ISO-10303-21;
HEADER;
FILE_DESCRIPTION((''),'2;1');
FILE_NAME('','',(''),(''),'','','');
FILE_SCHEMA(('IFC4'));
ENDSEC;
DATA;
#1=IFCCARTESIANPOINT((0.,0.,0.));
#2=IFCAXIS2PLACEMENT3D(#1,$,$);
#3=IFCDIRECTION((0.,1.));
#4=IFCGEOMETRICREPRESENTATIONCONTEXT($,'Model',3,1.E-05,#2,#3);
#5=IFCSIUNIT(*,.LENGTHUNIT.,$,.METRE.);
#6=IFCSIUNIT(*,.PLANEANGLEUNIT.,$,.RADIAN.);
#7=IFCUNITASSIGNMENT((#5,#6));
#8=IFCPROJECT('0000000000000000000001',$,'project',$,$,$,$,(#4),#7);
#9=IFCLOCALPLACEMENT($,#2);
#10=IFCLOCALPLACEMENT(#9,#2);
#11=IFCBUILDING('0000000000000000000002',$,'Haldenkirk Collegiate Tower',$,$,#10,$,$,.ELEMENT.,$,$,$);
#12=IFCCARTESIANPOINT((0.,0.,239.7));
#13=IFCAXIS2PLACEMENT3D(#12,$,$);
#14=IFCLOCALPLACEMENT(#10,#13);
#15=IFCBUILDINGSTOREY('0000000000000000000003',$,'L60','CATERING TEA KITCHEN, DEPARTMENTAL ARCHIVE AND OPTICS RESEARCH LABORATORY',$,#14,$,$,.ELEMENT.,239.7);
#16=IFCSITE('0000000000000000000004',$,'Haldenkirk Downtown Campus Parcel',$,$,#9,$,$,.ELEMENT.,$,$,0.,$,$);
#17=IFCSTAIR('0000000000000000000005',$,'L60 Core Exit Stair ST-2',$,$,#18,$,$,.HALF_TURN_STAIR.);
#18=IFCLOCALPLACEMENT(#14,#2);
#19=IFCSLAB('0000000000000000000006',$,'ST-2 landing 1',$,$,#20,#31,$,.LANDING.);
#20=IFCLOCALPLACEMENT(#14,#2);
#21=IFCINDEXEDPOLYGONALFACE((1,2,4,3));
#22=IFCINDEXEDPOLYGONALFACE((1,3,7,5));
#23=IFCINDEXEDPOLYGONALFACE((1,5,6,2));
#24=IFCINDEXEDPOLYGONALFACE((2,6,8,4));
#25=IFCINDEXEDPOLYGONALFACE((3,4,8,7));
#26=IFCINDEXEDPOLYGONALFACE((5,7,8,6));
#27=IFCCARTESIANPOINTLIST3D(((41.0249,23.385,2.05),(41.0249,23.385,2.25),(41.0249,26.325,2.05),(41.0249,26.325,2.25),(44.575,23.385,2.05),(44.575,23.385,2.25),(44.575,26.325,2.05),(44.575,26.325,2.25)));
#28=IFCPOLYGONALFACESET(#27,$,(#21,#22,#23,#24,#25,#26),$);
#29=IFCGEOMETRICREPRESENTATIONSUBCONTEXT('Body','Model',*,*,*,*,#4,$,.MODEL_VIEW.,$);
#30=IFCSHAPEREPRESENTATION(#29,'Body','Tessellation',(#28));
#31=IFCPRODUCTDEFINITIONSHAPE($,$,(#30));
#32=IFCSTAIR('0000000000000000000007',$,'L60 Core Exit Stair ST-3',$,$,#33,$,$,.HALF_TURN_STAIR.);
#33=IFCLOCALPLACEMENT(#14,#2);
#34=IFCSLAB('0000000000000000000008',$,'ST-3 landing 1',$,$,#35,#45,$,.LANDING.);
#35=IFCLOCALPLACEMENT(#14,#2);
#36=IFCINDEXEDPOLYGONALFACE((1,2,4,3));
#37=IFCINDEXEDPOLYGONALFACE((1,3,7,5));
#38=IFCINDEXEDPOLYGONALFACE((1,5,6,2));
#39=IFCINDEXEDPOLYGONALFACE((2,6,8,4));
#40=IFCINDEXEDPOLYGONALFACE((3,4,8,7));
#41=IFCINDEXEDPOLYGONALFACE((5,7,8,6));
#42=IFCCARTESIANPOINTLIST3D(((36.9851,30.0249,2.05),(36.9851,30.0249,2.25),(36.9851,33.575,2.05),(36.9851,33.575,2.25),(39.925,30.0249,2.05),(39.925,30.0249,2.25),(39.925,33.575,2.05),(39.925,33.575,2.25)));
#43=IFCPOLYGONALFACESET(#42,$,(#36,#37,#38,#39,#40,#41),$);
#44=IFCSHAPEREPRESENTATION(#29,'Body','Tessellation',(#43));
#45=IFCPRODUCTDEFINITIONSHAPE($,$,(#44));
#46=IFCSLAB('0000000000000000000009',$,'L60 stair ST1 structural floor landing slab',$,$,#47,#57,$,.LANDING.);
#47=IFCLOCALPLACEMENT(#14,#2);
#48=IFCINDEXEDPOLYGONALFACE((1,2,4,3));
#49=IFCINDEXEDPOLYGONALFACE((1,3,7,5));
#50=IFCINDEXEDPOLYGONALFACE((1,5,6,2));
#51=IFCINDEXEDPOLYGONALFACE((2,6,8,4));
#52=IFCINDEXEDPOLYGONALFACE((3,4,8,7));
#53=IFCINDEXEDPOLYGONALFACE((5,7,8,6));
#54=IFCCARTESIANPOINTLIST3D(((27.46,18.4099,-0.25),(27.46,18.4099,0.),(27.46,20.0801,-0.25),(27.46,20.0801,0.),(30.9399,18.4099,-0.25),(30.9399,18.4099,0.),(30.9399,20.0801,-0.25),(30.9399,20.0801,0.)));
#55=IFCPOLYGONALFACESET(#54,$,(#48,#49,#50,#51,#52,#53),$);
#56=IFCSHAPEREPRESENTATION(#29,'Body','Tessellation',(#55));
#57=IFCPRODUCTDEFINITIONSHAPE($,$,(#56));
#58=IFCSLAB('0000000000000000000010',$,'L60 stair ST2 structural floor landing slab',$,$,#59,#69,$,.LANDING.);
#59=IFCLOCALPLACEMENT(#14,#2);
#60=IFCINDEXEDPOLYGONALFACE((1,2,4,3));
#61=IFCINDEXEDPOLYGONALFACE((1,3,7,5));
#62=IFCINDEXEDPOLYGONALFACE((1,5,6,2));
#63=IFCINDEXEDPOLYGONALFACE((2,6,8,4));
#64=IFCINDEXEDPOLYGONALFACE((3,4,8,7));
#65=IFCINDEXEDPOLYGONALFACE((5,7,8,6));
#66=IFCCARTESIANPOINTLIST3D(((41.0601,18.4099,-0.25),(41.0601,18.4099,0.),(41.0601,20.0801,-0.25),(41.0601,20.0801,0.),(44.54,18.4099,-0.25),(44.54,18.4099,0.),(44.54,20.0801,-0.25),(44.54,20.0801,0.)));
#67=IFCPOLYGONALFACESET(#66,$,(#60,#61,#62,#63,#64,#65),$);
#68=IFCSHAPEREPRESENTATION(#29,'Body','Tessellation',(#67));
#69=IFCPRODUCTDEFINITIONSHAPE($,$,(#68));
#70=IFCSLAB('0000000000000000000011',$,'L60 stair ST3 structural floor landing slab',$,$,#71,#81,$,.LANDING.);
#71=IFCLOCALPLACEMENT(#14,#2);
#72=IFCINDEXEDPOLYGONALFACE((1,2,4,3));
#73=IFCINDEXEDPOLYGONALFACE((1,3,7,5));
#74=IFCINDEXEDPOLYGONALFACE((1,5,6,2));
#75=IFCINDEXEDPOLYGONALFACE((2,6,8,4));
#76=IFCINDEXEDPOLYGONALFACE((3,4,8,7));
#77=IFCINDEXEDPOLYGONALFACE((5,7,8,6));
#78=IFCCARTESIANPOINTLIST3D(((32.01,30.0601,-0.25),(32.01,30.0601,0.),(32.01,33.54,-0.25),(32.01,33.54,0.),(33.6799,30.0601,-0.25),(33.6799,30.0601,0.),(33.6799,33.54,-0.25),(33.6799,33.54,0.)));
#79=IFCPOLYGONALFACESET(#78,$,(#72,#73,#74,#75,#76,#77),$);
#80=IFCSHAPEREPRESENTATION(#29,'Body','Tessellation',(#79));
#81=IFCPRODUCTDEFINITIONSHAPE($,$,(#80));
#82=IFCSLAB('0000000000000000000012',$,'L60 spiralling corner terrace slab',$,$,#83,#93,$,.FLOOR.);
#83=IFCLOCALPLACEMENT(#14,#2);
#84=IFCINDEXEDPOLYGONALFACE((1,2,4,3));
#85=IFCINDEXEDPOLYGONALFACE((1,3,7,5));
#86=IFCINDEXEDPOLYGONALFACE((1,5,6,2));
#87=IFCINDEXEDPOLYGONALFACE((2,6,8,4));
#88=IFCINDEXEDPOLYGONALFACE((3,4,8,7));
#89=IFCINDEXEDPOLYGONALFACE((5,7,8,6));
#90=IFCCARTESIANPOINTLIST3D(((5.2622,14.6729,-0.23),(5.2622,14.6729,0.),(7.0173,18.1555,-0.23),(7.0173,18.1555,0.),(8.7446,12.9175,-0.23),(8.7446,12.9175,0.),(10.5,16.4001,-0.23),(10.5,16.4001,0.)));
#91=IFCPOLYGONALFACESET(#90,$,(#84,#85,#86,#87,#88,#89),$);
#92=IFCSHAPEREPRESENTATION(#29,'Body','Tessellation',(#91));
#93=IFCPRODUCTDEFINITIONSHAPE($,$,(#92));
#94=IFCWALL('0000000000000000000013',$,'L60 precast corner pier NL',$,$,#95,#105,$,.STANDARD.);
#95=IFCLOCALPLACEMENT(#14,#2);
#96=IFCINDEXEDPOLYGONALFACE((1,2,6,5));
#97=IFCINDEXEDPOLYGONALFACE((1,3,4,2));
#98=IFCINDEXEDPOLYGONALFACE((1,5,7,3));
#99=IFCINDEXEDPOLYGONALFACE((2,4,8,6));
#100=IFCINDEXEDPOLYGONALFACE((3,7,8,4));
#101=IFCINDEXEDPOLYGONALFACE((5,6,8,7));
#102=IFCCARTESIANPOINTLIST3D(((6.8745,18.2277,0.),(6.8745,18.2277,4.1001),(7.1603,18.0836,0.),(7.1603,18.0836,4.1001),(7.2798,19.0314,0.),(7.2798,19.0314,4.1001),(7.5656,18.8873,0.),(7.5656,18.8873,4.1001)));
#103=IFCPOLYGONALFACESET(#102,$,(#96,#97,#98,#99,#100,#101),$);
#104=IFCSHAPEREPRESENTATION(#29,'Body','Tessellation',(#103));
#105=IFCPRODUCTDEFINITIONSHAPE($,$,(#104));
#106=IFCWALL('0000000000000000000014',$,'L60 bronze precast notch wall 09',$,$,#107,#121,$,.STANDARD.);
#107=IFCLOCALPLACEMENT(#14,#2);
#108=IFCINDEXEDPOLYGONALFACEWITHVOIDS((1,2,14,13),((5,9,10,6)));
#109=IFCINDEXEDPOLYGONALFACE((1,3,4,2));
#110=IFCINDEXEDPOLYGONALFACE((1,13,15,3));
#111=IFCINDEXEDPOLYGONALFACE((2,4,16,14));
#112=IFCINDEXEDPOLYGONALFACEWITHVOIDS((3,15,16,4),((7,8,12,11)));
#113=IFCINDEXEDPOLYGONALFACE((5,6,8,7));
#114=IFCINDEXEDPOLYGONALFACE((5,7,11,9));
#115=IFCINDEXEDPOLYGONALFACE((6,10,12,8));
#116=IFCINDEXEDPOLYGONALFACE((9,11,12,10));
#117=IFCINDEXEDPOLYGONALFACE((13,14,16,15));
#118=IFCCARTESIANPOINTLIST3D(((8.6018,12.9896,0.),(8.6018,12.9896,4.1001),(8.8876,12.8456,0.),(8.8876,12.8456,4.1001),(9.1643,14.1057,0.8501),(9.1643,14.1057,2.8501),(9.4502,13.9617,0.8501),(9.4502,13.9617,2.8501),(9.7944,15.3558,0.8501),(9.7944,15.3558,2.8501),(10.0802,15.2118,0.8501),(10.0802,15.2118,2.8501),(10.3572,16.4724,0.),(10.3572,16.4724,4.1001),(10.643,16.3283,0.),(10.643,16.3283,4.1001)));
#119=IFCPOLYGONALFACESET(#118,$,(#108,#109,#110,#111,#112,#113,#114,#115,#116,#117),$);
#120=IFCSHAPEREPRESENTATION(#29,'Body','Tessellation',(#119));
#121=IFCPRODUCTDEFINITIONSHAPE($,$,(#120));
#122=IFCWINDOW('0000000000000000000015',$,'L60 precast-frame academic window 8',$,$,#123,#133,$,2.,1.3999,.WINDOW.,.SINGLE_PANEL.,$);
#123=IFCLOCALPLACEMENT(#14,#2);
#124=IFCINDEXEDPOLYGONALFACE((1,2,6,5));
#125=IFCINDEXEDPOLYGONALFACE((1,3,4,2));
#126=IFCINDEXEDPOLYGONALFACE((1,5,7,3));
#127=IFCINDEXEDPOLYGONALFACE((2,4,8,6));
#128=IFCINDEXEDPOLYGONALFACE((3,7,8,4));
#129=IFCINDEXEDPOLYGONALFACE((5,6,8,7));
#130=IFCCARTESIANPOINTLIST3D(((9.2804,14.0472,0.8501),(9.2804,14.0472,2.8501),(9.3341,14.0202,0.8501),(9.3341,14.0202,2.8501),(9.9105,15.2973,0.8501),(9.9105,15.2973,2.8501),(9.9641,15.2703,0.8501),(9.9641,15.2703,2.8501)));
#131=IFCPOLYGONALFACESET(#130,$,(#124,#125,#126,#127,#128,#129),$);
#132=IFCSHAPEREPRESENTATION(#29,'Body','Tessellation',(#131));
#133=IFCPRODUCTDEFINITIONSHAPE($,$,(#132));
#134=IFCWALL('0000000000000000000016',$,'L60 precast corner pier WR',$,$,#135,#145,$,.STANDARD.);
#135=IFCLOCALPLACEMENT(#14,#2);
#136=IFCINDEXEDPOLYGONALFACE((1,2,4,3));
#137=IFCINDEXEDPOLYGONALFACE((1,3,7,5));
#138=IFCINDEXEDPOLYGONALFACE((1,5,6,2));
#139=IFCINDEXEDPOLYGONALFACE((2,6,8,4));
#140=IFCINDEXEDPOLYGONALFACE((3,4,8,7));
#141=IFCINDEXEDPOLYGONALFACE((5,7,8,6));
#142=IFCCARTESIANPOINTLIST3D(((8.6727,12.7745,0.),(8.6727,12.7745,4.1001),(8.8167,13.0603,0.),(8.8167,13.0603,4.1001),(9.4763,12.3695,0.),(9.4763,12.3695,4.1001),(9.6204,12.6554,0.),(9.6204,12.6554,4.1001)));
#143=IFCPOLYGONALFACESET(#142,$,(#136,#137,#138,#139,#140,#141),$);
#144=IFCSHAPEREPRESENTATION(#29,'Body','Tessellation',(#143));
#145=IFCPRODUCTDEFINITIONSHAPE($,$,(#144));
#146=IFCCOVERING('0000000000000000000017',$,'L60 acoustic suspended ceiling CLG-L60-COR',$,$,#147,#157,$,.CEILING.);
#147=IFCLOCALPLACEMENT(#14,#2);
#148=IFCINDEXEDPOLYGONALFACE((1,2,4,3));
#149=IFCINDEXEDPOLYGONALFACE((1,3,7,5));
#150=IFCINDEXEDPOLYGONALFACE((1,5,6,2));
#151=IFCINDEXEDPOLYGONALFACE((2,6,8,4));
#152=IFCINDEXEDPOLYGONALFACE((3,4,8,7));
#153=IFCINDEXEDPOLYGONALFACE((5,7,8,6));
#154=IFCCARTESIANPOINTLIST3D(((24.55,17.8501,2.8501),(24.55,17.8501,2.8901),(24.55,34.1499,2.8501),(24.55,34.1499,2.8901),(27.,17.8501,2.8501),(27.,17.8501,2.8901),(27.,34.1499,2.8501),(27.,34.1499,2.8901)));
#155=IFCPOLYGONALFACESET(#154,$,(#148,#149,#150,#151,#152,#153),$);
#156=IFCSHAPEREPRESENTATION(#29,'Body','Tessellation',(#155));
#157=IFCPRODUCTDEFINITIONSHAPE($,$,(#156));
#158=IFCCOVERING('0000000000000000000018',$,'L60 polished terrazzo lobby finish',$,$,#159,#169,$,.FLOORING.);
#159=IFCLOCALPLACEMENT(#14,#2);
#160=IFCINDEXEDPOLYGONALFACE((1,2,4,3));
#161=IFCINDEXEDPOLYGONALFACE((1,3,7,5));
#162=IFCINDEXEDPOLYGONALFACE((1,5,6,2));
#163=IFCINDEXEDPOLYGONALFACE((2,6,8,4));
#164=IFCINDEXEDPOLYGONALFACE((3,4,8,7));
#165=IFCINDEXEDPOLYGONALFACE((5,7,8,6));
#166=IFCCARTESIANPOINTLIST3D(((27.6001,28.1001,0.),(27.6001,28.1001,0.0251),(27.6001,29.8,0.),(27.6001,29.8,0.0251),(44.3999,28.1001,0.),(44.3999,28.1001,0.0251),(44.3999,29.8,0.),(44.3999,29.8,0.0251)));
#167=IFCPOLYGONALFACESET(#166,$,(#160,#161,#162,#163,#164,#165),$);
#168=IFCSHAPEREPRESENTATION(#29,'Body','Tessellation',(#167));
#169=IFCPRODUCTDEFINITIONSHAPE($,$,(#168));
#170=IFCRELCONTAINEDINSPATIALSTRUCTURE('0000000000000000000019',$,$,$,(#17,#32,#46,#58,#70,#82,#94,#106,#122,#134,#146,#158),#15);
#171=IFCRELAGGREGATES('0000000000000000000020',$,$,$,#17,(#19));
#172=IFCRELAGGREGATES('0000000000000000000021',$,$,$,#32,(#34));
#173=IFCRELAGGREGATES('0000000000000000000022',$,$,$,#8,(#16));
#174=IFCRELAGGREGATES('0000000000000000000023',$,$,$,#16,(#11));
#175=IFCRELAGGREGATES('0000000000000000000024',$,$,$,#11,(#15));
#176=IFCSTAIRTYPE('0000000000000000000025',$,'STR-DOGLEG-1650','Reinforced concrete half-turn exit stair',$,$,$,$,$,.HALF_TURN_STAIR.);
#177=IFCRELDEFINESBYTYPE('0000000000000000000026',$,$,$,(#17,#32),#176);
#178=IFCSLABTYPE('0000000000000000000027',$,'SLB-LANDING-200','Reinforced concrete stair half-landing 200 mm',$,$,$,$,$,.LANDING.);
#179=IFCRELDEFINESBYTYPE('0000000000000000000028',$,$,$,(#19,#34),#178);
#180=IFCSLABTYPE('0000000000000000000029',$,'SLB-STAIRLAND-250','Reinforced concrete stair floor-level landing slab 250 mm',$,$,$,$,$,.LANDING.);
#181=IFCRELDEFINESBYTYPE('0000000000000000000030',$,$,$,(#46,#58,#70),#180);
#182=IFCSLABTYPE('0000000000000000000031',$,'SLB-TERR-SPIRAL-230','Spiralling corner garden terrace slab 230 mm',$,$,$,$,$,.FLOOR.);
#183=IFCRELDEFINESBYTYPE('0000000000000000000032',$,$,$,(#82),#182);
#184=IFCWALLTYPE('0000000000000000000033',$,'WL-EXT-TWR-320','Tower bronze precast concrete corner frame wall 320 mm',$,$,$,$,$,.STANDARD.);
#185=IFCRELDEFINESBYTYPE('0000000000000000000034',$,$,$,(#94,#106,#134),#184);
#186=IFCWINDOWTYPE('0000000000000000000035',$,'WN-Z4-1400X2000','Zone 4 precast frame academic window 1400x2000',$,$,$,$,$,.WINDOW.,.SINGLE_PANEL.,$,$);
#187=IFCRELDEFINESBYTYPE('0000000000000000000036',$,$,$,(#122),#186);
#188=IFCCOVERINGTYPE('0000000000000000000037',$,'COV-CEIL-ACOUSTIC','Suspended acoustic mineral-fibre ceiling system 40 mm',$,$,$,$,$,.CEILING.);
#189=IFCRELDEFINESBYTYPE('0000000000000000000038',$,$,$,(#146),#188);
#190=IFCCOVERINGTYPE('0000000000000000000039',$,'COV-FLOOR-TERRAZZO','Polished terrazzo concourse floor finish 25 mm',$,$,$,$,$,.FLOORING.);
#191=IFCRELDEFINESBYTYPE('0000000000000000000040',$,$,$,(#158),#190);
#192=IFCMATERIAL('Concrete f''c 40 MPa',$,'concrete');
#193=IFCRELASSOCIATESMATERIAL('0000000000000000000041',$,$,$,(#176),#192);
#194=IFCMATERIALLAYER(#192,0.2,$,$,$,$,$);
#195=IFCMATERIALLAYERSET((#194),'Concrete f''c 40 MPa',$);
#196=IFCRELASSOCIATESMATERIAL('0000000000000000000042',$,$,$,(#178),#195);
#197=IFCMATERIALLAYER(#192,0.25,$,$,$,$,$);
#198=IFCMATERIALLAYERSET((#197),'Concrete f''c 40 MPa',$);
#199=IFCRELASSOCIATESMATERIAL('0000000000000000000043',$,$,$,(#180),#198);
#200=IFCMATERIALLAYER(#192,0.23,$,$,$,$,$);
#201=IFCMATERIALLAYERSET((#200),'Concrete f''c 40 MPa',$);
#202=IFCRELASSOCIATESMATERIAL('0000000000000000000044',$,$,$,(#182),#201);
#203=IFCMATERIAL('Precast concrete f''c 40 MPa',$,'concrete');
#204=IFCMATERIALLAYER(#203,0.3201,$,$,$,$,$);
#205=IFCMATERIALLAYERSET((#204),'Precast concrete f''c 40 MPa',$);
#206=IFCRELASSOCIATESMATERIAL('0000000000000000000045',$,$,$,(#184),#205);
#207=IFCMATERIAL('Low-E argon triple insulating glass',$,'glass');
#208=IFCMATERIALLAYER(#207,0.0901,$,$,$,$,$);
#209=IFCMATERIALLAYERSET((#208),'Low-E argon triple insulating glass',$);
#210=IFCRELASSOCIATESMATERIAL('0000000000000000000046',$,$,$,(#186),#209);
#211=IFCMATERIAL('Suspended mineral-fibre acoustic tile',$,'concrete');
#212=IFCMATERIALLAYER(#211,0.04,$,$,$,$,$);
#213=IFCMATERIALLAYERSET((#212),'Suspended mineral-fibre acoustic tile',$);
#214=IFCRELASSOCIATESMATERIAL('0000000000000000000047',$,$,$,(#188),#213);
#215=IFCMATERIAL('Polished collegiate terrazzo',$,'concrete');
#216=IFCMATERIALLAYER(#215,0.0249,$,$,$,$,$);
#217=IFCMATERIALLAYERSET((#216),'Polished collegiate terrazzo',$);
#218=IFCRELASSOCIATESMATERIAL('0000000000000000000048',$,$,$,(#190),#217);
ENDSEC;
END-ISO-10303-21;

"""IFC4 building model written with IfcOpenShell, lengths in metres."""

from ifc_helpers import new_model, si_unit, direction, frame, frame_2d, origin, place, context, subcontext, project, spatial, polyline, rectangle, outline, extrude, material, layer, layer_set, type_object, element, fill, aggregate, save


model = new_model("IFC4")

# Units and contexts
model_context = context("Model", 3, precision=1e-05, world=origin(), true_north=direction((0.0, 1.0)))
body_context = subcontext(model_context, "Body", "Model", "MODEL_VIEW")
ifc_project = project(units=[si_unit("LENGTHUNIT", "METRE"), si_unit("PLANEANGLEUNIT", "RADIAN")], contexts=[model_context])

# Site, building, storey
site_placement = place(None, origin())
site = spatial("IfcSite", under=ifc_project, at=site_placement, Name="Haldenkirk Downtown Campus Parcel", CompositionType="ELEMENT", RefElevation=0.0)
building_placement = place(site_placement, origin())
building = spatial("IfcBuilding", under=site, at=building_placement, Name="Haldenkirk Collegiate Tower", CompositionType="ELEMENT")
storey_placement = place(building_placement, frame((0.0, 0.0, 239.7)))
storey = spatial("IfcBuildingStorey", under=building, at=storey_placement, Name="L60", Description="CATERING TEA KITCHEN, DEPARTMENTAL ARCHIVE AND OPTICS RESEARCH LABORATORY", CompositionType="ELEMENT", Elevation=239.7)

# Shared definitions
ifc_material_1 = material(Name="Concrete f'c 40 MPa", Category="concrete")

# Stairs, slabs
stair_type = type_object("IfcStairType", Name="STR-DOGLEG-1650", Description="Reinforced concrete half-turn exit stair", PredefinedType="HALF_TURN_STAIR", material=ifc_material_1)
ifc_layer_1 = layer(ifc_material_1, 0.2)
ifc_layer_set_1 = layer_set([ifc_layer_1], Name="Concrete f'c 40 MPa")
slab_type_1 = type_object("IfcSlabType", Name="SLB-LANDING-200", Description="Reinforced concrete stair half-landing 200 mm", PredefinedType="LANDING", material=ifc_layer_set_1)
stair_1_placement = place(storey_placement, origin())
stair_1 = element("IfcStair", 1, at=stair_1_placement, inside=storey, type_object=stair_type, Name="L60 Core Exit Stair ST-2", PredefinedType="HALF_TURN_STAIR")
slab_1_placement = place(storey_placement, frame((0.0, 0.0, 2.05)))
slab_1 = element("IfcSlab", 2, at=slab_1_placement, type_object=slab_type_1, Name="ST-2 landing 1", PredefinedType="LANDING", context=body_context, shape_type="SweptSolid", body=[
    extrude(outline(polyline([(44.575, 23.385), (41.0249, 23.385), (41.0249, 26.325), (44.575, 26.325), (44.575, 23.385)])), origin(), (0.0, 0.0, 1.0), 0.2),
])
aggregate(stair_1, [slab_1])
stair_2_placement = place(storey_placement, origin())
stair_2 = element("IfcStair", 3, at=stair_2_placement, inside=storey, type_object=stair_type, Name="L60 Core Exit Stair ST-3", PredefinedType="HALF_TURN_STAIR")
slab_2_placement = place(storey_placement, frame((0.0, 0.0, 2.05)))
slab_2 = element("IfcSlab", 4, at=slab_2_placement, type_object=slab_type_1, Name="ST-3 landing 1", PredefinedType="LANDING", context=body_context, shape_type="SweptSolid", body=[
    extrude(outline(polyline([(36.9851, 30.0249), (36.9851, 33.575), (39.925, 33.575), (39.925, 30.0249), (36.9851, 30.0249)])), origin(), (0.0, 0.0, 1.0), 0.2),
])
aggregate(stair_2, [slab_2])

# Slabs
ifc_layer_2 = layer(ifc_material_1, 0.25)
ifc_layer_set_2 = layer_set([ifc_layer_2], Name="Concrete f'c 40 MPa")
slab_type_2 = type_object("IfcSlabType", Name="SLB-STAIRLAND-250", Description="Reinforced concrete stair floor-level landing slab 250 mm", PredefinedType="LANDING", material=ifc_layer_set_2)
slab_3_placement = place(storey_placement, frame((0.0, 0.0, -0.25)))
element("IfcSlab", 5, at=slab_3_placement, inside=storey, type_object=slab_type_2, Name="L60 stair ST1 structural floor landing slab", PredefinedType="LANDING", context=body_context, shape_type="SweptSolid", body=[
    extrude(outline(polyline([(27.46, 18.4099), (30.9399, 18.4099), (30.9399, 20.0801), (27.46, 20.0801), (27.46, 18.4099)])), origin(), (0.0, 0.0, 1.0), 0.25),
])
slab_4_placement = place(storey_placement, frame((0.0, 0.0, -0.25)))
element("IfcSlab", 6, at=slab_4_placement, inside=storey, type_object=slab_type_2, Name="L60 stair ST2 structural floor landing slab", PredefinedType="LANDING", context=body_context, shape_type="SweptSolid", body=[
    extrude(outline(polyline([(41.0601, 18.4099), (44.54, 18.4099), (44.54, 20.0801), (41.0601, 20.0801), (41.0601, 18.4099)])), origin(), (0.0, 0.0, 1.0), 0.25),
])
slab_5_placement = place(storey_placement, frame((0.0, 0.0, -0.25)))
element("IfcSlab", 7, at=slab_5_placement, inside=storey, type_object=slab_type_2, Name="L60 stair ST3 structural floor landing slab", PredefinedType="LANDING", context=body_context, shape_type="SweptSolid", body=[
    extrude(outline(polyline([(32.01, 30.0601), (33.6799, 30.0601), (33.6799, 33.54), (32.01, 33.54), (32.01, 30.0601)])), origin(), (0.0, 0.0, 1.0), 0.25),
])
ifc_layer_3 = layer(ifc_material_1, 0.23)
ifc_layer_set_3 = layer_set([ifc_layer_3], Name="Concrete f'c 40 MPa")
slab_type_3 = type_object("IfcSlabType", Name="SLB-TERR-SPIRAL-230", Description="Spiralling corner garden terrace slab 230 mm", PredefinedType="FLOOR", material=ifc_layer_set_3)
slab_6_placement = place(storey_placement, frame((0.0, 0.0, -0.23)))
element("IfcSlab", 8, at=slab_6_placement, inside=storey, type_object=slab_type_3, Name="L60 spiralling corner terrace slab", PredefinedType="FLOOR", context=body_context, shape_type="SweptSolid", body=[
    extrude(outline(polyline([(8.7446, 12.9175), (10.5, 16.4001), (7.0173, 18.1555), (5.2622, 14.6729), (8.7446, 12.9175)])), origin(), (0.0, 0.0, 1.0), 0.23),
])

# Wall
ifc_material_2 = material(Name="Precast concrete f'c 40 MPa", Category="concrete")
ifc_layer_4 = layer(ifc_material_2, 0.3201)
ifc_layer_set_4 = layer_set([ifc_layer_4], Name="Precast concrete f'c 40 MPa")
wall_type = type_object("IfcWallType", Name="WL-EXT-TWR-320", Description="Tower bronze precast concrete corner frame wall 320 mm", PredefinedType="STANDARD", material=ifc_layer_set_4)
wall_1_placement = place(storey_placement, frame((7.0173, 18.1555, 0.0), z_axis=(0.0, 0.0, 1.0), x_axis=(0.450249, 0.892903, 0.0)))
element("IfcWall", 9, at=wall_1_placement, inside=storey, type_object=wall_type, Name="L60 precast corner pier NL", PredefinedType="STANDARD", context=body_context, shape_type="SweptSolid", body=[
    extrude(rectangle(XDim=0.9001, YDim=0.3201, at=frame_2d((0.4502, 0.0))), origin(), (0.0, 0.0, 1.0), 4.1001),
])

# Wall, opening, window
wall_2_placement = place(storey_placement, frame((8.7446, 12.9175, 0.0), z_axis=(0.0, 0.0, 1.0), x_axis=(0.450091, 0.892983, 0.0)))
wall_2 = element("IfcWall", 10, at=wall_2_placement, inside=storey, type_object=wall_type, Name="L60 bronze precast notch wall 09", PredefinedType="STANDARD", context=body_context, shape_type="SweptSolid", body=[
    extrude(rectangle(XDim=3.9001, YDim=0.3201, at=frame_2d((1.9502, 0.0))), origin(), (0.0, 0.0, 1.0), 4.1001),
])
opening_placement = place(wall_2_placement, frame((1.25, 0.0, 0.8501)))
opening = element("IfcOpeningElement", 11, at=opening_placement, cuts=wall_2, PredefinedType="OPENING", context=body_context, shape_type="SweptSolid", body=[
    extrude(rectangle(XDim=1.3999, YDim=2.0, at=frame_2d((0.7, 1.0))), frame((0.0, 0.1699, 0.0), z_axis=(0.0, -1.0, 0.0), x_axis=(1.0, 0.0, 0.0)), (0.0, 0.0, 1.0), 0.3401),
])
ifc_material_3 = material(Name="Low-E argon triple insulating glass", Category="glass")
ifc_layer_5 = layer(ifc_material_3, 0.0901)
ifc_layer_set_5 = layer_set([ifc_layer_5], Name="Low-E argon triple insulating glass")
window_type = type_object("IfcWindowType", Name="WN-Z4-1400X2000", Description="Zone 4 precast frame academic window 1400x2000", PartitioningType="SINGLE_PANEL", PredefinedType="WINDOW", material=ifc_layer_set_5)
window_placement = place(opening_placement, origin())
window = element("IfcWindow", 12, at=window_placement, inside=storey, type_object=window_type, Name="L60 precast-frame academic window 8", OverallHeight=2.0, OverallWidth=1.3999, PartitioningType="SINGLE_PANEL", PredefinedType="WINDOW", context=body_context, shape_type="SweptSolid", body=[
    extrude(rectangle(XDim=1.3999, YDim=2.0, at=frame_2d((0.7, 1.0))), frame((0.0, 0.03, 0.0), z_axis=(0.0, -1.0, 0.0), x_axis=(1.0, 0.0, 0.0)), (0.0, 0.0, 1.0), 0.0601),
])
fill(opening, window)

# Wall
wall_3_placement = place(storey_placement, frame((9.5483, 12.5125, 0.0), z_axis=(0.0, 0.0, 1.0), x_axis=(-0.893012, 0.450033, 0.0)))
element("IfcWall", 13, at=wall_3_placement, inside=storey, type_object=wall_type, Name="L60 precast corner pier WR", PredefinedType="STANDARD", context=body_context, shape_type="SweptSolid", body=[
    extrude(rectangle(XDim=0.8999, YDim=0.3201, at=frame_2d((0.45, 0.0))), origin(), (0.0, 0.0, 1.0), 4.1001),
])

# Coverings
ifc_material_4 = material(Name="Suspended mineral-fibre acoustic tile", Category="concrete")
ifc_layer_6 = layer(ifc_material_4, 0.04)
ifc_layer_set_6 = layer_set([ifc_layer_6], Name="Suspended mineral-fibre acoustic tile")
covering_type_1 = type_object("IfcCoveringType", Name="COV-CEIL-ACOUSTIC", Description="Suspended acoustic mineral-fibre ceiling system 40 mm", PredefinedType="CEILING", material=ifc_layer_set_6)
covering_1_placement = place(storey_placement, frame((0.0, 0.0, 2.8501)))
element("IfcCovering", 14, at=covering_1_placement, inside=storey, type_object=covering_type_1, Name="L60 acoustic suspended ceiling CLG-L60-COR", PredefinedType="CEILING", context=body_context, shape_type="SweptSolid", body=[
    extrude(outline(polyline([(24.55, 17.8501), (27.0, 17.8501), (27.0, 34.1499), (24.55, 34.1499), (24.55, 17.8501)])), origin(), (0.0, 0.0, 1.0), 0.04),
])
ifc_material_5 = material(Name="Polished collegiate terrazzo", Category="concrete")
ifc_layer_7 = layer(ifc_material_5, 0.0249)
ifc_layer_set_7 = layer_set([ifc_layer_7], Name="Polished collegiate terrazzo")
covering_type_2 = type_object("IfcCoveringType", Name="COV-FLOOR-TERRAZZO", Description="Polished terrazzo concourse floor finish 25 mm", PredefinedType="FLOORING", material=ifc_layer_set_7)
covering_2_placement = place(storey_placement, origin())
element("IfcCovering", 15, at=covering_2_placement, inside=storey, type_object=covering_type_2, Name="L60 polished terrazzo lobby finish", PredefinedType="FLOORING", context=body_context, shape_type="SweptSolid", body=[
    extrude(outline(polyline([(27.6001, 28.1001), (44.3999, 28.1001), (44.3999, 29.8), (27.6001, 29.8), (27.6001, 28.1001)])), origin(), (0.0, 0.0, 1.0), 0.0251),
])

save(model, "model.ifc")
